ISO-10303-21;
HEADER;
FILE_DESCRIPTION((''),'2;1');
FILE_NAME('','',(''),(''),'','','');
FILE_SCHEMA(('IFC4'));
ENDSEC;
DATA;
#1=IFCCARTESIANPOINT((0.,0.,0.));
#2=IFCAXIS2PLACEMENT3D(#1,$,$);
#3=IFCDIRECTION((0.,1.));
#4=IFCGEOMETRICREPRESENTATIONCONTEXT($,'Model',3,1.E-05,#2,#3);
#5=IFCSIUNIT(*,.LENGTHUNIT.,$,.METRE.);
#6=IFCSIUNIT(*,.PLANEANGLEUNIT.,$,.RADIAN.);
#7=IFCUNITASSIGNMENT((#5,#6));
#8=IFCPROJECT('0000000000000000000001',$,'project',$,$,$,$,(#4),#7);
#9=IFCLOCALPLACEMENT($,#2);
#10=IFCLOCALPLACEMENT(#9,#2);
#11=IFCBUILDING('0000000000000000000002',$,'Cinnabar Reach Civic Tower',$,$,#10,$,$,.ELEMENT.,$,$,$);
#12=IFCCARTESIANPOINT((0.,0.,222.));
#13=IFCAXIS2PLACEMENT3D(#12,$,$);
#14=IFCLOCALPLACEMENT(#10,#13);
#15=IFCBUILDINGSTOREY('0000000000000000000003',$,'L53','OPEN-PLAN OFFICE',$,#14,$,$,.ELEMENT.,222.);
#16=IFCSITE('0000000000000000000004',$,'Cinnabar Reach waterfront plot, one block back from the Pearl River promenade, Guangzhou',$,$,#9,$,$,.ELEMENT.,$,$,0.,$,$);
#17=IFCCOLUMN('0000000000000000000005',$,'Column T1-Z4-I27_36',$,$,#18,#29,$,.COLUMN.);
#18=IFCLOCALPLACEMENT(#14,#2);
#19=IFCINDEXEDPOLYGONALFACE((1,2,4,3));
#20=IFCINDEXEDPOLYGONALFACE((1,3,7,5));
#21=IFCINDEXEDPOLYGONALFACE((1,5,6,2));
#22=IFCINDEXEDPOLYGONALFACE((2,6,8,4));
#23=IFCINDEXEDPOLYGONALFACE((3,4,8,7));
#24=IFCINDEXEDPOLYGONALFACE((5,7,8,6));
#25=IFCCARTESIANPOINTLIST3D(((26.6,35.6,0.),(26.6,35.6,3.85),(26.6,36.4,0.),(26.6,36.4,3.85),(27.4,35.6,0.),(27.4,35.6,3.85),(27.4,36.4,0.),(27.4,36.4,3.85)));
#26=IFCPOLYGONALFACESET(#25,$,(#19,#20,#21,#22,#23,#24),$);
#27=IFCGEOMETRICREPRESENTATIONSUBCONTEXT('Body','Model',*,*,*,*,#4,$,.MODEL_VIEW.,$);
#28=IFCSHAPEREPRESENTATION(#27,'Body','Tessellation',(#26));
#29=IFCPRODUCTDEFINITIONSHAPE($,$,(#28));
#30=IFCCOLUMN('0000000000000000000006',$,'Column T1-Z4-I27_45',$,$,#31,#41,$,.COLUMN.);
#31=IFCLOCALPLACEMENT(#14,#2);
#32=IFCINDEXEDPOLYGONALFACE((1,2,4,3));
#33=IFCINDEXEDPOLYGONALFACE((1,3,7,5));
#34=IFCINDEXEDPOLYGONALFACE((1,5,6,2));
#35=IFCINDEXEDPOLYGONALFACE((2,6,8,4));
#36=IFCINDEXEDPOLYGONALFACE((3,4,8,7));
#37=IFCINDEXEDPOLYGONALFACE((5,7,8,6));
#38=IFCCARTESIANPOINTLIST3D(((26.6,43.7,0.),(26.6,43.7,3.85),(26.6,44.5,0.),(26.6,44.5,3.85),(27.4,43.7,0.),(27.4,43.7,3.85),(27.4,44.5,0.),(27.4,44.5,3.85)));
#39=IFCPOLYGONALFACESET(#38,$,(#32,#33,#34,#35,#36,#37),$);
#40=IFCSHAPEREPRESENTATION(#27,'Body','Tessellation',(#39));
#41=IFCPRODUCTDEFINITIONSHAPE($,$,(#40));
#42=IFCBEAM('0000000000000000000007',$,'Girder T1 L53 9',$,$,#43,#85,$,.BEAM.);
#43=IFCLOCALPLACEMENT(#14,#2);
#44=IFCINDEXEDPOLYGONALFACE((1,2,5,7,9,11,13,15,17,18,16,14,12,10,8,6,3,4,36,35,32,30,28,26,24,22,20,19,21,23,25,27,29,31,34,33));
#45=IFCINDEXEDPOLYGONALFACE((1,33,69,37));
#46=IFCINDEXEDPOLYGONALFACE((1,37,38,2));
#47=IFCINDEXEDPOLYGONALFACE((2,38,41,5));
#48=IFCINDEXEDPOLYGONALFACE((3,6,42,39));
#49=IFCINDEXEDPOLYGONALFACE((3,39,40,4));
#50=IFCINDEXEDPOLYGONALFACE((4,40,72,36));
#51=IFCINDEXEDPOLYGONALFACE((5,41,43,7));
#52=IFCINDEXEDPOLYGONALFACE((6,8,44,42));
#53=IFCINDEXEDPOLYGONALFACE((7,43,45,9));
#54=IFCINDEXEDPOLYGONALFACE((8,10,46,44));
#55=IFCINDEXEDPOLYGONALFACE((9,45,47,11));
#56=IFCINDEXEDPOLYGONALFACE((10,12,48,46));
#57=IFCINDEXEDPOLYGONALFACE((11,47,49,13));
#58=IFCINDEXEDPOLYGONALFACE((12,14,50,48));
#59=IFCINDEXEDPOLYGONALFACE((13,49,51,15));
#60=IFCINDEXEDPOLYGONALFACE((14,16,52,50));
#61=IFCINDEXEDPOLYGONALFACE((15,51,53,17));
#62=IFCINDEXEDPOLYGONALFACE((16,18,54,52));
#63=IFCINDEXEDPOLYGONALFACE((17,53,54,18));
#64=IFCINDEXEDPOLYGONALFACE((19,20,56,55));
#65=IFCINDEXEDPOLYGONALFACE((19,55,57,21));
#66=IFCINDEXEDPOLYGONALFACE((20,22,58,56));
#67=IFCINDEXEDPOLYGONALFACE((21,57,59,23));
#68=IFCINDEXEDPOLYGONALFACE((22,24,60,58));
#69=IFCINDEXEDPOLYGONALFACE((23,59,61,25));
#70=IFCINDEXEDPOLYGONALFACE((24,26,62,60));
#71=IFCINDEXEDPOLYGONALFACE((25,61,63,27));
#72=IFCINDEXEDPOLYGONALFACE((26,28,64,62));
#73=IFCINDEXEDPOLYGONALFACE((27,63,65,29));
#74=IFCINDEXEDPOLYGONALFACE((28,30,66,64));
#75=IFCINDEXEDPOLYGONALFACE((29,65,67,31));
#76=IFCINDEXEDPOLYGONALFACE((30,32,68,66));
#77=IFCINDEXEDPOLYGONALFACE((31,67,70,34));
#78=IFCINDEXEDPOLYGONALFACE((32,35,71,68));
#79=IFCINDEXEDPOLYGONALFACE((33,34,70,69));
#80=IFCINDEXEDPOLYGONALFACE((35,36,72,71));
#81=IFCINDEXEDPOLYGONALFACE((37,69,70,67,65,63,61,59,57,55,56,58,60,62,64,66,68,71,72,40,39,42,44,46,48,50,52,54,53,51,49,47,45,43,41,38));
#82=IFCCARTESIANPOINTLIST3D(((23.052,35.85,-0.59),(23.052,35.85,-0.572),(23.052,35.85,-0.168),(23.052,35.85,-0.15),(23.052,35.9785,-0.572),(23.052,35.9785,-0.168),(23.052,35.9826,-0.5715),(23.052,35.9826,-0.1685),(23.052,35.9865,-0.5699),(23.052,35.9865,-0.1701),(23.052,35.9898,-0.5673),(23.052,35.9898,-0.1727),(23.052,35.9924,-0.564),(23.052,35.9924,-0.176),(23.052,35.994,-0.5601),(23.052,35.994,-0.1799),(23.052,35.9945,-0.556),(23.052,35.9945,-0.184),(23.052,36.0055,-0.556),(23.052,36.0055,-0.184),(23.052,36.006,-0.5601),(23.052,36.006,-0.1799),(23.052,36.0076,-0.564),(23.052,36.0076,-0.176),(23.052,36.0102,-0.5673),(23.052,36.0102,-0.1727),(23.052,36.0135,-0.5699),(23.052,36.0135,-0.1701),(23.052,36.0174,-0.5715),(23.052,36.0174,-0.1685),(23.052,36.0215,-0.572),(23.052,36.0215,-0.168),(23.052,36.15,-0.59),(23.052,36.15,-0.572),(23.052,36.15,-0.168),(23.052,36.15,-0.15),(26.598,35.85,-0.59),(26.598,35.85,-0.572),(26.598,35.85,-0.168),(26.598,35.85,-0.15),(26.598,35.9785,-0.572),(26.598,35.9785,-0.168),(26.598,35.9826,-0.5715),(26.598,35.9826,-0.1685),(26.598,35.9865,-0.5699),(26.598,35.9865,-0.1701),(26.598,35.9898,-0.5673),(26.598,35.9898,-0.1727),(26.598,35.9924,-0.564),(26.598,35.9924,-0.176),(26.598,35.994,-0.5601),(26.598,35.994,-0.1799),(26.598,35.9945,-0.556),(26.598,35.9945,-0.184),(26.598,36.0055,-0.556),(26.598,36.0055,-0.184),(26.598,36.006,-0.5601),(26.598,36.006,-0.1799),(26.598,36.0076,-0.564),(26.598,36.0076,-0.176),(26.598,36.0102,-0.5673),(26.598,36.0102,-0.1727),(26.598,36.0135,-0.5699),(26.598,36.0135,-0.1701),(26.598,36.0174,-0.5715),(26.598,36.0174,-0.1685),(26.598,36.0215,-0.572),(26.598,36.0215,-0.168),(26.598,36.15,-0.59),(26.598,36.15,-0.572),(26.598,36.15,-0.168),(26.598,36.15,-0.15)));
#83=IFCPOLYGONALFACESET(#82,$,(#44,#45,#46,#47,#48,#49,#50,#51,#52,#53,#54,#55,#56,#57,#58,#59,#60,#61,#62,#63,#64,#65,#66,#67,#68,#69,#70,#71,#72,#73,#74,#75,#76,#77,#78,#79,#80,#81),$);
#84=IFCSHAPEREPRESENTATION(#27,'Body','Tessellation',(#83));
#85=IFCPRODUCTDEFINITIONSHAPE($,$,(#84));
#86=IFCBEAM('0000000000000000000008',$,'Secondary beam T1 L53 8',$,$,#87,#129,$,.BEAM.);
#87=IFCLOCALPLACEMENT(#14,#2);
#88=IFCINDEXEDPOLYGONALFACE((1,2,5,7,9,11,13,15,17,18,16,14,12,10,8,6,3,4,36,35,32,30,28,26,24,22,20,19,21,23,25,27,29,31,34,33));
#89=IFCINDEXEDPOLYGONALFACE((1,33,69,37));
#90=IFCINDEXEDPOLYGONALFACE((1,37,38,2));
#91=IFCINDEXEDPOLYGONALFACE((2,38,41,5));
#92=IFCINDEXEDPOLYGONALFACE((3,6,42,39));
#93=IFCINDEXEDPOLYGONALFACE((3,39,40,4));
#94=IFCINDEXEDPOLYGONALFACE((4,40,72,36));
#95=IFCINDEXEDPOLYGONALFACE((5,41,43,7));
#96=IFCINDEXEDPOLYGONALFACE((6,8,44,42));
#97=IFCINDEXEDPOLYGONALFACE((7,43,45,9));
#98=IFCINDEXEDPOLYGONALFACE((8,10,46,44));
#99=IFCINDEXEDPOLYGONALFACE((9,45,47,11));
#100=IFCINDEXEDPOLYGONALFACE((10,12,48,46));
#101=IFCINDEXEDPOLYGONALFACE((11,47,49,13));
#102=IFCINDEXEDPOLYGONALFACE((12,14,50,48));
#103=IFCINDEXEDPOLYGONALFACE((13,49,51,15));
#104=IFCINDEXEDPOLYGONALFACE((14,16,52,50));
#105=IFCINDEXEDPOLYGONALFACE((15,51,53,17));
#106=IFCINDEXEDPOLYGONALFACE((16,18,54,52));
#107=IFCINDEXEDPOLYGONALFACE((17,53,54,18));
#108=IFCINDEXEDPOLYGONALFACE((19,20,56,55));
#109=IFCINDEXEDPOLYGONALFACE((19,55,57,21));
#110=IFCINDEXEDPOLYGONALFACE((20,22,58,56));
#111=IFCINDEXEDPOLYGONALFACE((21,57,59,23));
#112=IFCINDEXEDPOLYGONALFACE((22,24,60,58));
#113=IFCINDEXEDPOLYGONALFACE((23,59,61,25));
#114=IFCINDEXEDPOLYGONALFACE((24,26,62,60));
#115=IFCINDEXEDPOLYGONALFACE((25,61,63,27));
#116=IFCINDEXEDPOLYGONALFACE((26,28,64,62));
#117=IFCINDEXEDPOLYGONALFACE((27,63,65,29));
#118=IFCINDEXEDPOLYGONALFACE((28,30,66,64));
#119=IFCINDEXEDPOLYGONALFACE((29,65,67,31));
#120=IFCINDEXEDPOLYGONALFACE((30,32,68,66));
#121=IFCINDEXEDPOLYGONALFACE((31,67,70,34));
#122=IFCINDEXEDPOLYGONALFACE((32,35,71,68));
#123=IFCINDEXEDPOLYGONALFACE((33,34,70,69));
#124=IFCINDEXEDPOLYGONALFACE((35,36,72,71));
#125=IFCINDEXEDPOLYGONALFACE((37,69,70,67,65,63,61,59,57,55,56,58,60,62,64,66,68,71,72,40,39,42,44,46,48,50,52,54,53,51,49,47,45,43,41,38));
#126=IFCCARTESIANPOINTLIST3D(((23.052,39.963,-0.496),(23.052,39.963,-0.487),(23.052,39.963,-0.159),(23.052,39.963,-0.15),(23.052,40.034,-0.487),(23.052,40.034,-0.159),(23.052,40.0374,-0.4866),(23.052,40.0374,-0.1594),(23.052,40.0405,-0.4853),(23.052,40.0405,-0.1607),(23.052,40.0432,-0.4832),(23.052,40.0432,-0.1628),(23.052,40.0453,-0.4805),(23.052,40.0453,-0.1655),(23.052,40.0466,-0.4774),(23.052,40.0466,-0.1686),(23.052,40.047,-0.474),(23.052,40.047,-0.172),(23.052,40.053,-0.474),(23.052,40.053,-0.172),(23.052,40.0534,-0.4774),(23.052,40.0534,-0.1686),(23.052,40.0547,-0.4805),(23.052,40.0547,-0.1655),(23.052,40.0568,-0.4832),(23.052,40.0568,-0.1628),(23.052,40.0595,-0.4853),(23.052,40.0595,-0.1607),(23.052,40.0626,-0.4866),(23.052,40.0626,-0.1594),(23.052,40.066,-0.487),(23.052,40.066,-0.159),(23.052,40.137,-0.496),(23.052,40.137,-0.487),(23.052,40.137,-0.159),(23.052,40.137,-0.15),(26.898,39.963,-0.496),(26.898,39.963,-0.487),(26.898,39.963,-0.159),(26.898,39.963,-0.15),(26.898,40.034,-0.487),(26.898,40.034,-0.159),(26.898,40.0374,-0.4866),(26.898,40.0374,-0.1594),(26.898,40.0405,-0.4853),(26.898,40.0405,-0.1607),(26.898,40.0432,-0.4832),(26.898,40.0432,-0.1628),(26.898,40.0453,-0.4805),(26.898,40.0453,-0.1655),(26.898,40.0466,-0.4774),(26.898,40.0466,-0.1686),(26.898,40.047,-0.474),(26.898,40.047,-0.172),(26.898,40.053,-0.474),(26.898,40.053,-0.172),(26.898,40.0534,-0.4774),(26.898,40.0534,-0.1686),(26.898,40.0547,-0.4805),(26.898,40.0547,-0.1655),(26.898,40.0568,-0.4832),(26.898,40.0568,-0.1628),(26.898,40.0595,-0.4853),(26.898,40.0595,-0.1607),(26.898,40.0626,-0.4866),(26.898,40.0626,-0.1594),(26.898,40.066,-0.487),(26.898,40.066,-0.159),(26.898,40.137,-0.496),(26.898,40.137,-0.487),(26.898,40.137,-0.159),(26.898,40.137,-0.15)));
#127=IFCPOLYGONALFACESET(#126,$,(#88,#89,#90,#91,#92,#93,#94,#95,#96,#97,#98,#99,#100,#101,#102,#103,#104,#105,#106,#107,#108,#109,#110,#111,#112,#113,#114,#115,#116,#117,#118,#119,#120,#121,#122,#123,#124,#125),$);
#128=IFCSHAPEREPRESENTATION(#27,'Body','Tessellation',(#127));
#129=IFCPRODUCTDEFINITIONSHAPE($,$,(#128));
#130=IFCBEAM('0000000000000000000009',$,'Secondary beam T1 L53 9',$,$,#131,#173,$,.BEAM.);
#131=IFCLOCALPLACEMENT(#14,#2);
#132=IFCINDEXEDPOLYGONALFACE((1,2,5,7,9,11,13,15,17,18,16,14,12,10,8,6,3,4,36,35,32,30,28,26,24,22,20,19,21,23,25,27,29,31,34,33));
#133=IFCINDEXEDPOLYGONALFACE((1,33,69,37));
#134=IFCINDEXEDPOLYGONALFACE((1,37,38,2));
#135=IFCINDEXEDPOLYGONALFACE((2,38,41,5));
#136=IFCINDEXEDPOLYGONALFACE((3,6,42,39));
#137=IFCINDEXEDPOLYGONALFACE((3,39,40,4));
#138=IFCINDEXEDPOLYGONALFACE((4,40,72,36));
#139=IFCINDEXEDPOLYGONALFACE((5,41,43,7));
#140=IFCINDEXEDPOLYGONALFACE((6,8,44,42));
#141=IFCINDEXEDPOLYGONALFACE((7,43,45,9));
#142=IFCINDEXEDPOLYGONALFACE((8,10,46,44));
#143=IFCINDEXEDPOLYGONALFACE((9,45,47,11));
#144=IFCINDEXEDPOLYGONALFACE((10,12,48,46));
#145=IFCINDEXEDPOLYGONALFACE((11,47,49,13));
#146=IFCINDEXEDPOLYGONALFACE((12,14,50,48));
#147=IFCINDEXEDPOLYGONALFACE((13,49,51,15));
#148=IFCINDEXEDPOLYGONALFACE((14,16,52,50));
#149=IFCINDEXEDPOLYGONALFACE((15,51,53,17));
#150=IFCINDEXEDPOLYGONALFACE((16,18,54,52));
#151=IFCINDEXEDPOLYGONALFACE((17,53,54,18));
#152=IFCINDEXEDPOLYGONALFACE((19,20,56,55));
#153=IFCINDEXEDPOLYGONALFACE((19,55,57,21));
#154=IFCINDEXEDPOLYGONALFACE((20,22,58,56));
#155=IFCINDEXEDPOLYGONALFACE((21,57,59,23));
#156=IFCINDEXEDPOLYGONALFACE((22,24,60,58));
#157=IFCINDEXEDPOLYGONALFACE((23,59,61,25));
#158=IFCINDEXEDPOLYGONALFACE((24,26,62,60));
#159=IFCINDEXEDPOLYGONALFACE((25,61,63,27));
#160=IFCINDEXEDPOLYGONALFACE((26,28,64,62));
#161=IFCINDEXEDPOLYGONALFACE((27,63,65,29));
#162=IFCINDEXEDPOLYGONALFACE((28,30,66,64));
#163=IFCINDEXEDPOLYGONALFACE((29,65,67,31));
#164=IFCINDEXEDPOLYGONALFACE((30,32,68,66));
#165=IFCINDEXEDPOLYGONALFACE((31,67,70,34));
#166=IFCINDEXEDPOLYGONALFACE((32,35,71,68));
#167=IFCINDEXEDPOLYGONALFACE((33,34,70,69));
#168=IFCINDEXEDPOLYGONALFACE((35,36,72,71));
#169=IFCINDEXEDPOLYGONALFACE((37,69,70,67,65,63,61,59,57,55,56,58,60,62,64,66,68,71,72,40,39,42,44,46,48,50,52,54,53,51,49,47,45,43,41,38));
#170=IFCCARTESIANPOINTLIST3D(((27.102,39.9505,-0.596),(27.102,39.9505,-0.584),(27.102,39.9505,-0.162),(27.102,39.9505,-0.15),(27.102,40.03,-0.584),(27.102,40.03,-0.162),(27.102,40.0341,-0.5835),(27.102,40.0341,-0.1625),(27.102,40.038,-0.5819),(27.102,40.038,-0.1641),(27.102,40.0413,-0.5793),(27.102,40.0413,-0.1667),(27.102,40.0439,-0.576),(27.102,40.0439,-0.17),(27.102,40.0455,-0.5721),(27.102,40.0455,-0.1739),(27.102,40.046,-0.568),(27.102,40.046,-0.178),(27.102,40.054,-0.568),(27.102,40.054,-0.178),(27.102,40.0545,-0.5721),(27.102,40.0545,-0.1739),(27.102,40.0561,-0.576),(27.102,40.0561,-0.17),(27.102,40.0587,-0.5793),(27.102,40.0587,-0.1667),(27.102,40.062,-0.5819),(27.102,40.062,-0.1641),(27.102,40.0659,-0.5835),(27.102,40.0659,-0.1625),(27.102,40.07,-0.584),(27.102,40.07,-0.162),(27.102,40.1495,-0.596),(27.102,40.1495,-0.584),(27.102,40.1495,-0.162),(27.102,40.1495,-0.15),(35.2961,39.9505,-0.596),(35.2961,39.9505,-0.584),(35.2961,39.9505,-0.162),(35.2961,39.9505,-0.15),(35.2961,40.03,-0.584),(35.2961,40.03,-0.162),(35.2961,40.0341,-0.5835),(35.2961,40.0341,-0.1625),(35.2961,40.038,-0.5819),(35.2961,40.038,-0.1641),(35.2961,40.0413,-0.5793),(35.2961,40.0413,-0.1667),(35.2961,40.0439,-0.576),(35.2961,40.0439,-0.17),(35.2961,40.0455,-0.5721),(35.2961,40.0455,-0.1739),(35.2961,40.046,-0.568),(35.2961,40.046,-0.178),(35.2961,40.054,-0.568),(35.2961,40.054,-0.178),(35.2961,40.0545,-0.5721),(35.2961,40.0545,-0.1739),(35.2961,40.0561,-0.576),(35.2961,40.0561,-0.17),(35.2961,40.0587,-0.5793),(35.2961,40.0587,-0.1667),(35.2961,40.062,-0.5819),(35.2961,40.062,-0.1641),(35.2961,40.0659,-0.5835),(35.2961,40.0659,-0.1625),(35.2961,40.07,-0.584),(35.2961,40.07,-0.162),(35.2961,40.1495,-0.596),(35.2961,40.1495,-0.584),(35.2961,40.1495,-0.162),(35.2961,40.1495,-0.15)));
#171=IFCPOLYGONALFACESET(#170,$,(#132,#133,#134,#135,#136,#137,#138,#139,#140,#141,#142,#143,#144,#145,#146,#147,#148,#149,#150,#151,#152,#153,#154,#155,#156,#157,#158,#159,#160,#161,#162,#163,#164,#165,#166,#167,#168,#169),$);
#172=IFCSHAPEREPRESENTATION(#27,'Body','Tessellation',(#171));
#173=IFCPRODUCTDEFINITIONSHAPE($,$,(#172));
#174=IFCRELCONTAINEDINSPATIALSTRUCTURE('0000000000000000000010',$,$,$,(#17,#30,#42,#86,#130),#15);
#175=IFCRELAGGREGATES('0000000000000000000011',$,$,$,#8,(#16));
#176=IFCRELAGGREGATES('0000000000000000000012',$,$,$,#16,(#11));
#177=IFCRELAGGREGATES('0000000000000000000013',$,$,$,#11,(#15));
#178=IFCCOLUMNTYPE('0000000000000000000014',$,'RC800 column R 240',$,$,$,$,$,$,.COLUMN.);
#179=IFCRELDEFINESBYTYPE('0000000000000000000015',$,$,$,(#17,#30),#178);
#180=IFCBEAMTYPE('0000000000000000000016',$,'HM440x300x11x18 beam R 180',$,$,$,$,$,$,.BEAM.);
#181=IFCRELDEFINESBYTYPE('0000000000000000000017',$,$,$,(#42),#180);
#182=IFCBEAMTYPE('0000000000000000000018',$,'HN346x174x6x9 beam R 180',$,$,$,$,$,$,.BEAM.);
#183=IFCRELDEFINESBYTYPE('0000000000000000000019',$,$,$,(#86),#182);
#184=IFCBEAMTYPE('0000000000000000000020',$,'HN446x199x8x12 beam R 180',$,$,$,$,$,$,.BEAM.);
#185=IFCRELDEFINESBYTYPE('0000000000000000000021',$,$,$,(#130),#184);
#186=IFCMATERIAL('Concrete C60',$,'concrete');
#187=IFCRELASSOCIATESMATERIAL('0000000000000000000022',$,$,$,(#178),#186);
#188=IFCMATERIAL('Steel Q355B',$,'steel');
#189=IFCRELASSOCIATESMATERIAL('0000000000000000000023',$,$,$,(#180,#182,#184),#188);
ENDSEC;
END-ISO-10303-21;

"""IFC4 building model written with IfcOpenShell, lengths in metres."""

from ifc_helpers import new_model, si_unit, direction, frame, origin, origin_2d, place, context, subcontext, project, spatial, rectangle, i_section, extrude, material, material_profile, profile_set, type_object, element, save


model = new_model("IFC4")

# Units and contexts
model_context = context("Model", 3, precision=1e-05, world=origin(), true_north=direction((0.0, 1.0)))
body_context = subcontext(model_context, "Body", "Model", "MODEL_VIEW")
ifc_project = project(units=[si_unit("LENGTHUNIT", "METRE"), si_unit("PLANEANGLEUNIT", "RADIAN")], contexts=[model_context])

# Site, building, storey
site_placement = place(None, origin())
site = spatial("IfcSite", under=ifc_project, at=site_placement, Name="Cinnabar Reach waterfront plot, one block back from the Pearl River promenade, Guangzhou", CompositionType="ELEMENT", RefElevation=0.0)
building_placement = place(site_placement, origin())
building = spatial("IfcBuilding", under=site, at=building_placement, Name="Cinnabar Reach Civic Tower", CompositionType="ELEMENT")
storey_placement = place(building_placement, frame((0.0, 0.0, 222.0)))
storey = spatial("IfcBuildingStorey", under=building, at=storey_placement, Name="L53", Description="OPEN-PLAN OFFICE", CompositionType="ELEMENT", Elevation=222.0)

# Columns
ifc_material_1 = material(Name="Concrete C60", Category="concrete")
ifc_material_profile_1 = material_profile(ifc_material_1, rectangle(XDim=0.8, YDim=0.8, at=origin_2d()), Name="RC800")
ifc_profile_set_1 = profile_set([ifc_material_profile_1], Name="Concrete C60")
column_type = type_object("IfcColumnType", Name="RC800 column R 240", PredefinedType="COLUMN", material=ifc_profile_set_1)
for number, where, z_axis, x_axis, name in (
    (1, (27.0, 36.0, 0.0), (0.0, 0.0, 1.0), (1.0, 0.0, 0.0), "Column T1-Z4-I27_36"),
    (2, (27.0, 44.1, 0.0), (0.0, 0.0, 1.0), (1.0, 0.0, 0.0), "Column T1-Z4-I27_45"),
):
    element("IfcColumn", number, at=place(storey_placement, frame(where, z_axis=z_axis, x_axis=x_axis)), inside=storey, type_object=column_type, Name=name, PredefinedType="COLUMN", context=body_context, shape_type="SweptSolid", body=[
        extrude(rectangle(XDim=0.8, YDim=0.8, at=origin_2d()), origin(), (0.0, 0.0, 1.0), 3.85),
    ])

# Beams
ifc_material_2 = material(Name="Steel Q355B", Category="steel")
ifc_material_profile_2 = material_profile(ifc_material_2, i_section(OverallWidth=0.3, OverallDepth=0.44, WebThickness=0.011, FlangeThickness=0.018, FilletRadius=0.016, at=origin_2d()), Name="HM440x300x11x18")
ifc_profile_set_2 = profile_set([ifc_material_profile_2], Name="Steel Q355B")
beam_type_1 = type_object("IfcBeamType", Name="HM440x300x11x18 beam R 180", PredefinedType="BEAM", material=ifc_profile_set_2)
beam_1_placement = place(storey_placement, frame((23.052, 36.0, -0.37), z_axis=(1.0, 0.0, 0.0), x_axis=(0.0, 1.0, 0.0)))
element("IfcBeam", 3, at=beam_1_placement, inside=storey, type_object=beam_type_1, Name="Girder T1 L53 9", PredefinedType="BEAM", context=body_context, shape_type="SweptSolid", body=[
    extrude(i_section(OverallWidth=0.3, OverallDepth=0.44, WebThickness=0.011, FlangeThickness=0.018, FilletRadius=0.016, at=origin_2d()), origin(), (0.0, 0.0, 1.0), 3.546),
])
ifc_material_profile_3 = material_profile(ifc_material_2, i_section(OverallWidth=0.174, OverallDepth=0.346, WebThickness=0.006, FlangeThickness=0.009, FilletRadius=0.013, at=origin_2d()), Name="HN346x174x6x9")
ifc_profile_set_3 = profile_set([ifc_material_profile_3], Name="Steel Q355B")
beam_type_2 = type_object("IfcBeamType", Name="HN346x174x6x9 beam R 180", PredefinedType="BEAM", material=ifc_profile_set_3)
beam_2_placement = place(storey_placement, frame((23.052, 40.05, -0.323), z_axis=(1.0, 0.0, 0.0), x_axis=(0.0, 1.0, 0.0)))
element("IfcBeam", 4, at=beam_2_placement, inside=storey, type_object=beam_type_2, Name="Secondary beam T1 L53 8", PredefinedType="BEAM", context=body_context, shape_type="SweptSolid", body=[
    extrude(i_section(OverallWidth=0.174, OverallDepth=0.346, WebThickness=0.006, FlangeThickness=0.009, FilletRadius=0.013, at=origin_2d()), origin(), (0.0, 0.0, 1.0), 3.846),
])
ifc_material_profile_4 = material_profile(ifc_material_2, i_section(OverallWidth=0.199, OverallDepth=0.446, WebThickness=0.008, FlangeThickness=0.012, FilletRadius=0.016, at=origin_2d()), Name="HN446x199x8x12")
ifc_profile_set_4 = profile_set([ifc_material_profile_4], Name="Steel Q355B")
beam_type_3 = type_object("IfcBeamType", Name="HN446x199x8x12 beam R 180", PredefinedType="BEAM", material=ifc_profile_set_4)
beam_3_placement = place(storey_placement, frame((27.102, 40.05, -0.373), z_axis=(1.0, 0.0, 0.0), x_axis=(0.0, 1.0, 0.0)))
element("IfcBeam", 5, at=beam_3_placement, inside=storey, type_object=beam_type_3, Name="Secondary beam T1 L53 9", PredefinedType="BEAM", context=body_context, shape_type="SweptSolid", body=[
    extrude(i_section(OverallWidth=0.199, OverallDepth=0.446, WebThickness=0.008, FlangeThickness=0.012, FilletRadius=0.016, at=origin_2d()), origin(), (0.0, 0.0, 1.0), 8.1941),
])

save(model, "model.ifc")
